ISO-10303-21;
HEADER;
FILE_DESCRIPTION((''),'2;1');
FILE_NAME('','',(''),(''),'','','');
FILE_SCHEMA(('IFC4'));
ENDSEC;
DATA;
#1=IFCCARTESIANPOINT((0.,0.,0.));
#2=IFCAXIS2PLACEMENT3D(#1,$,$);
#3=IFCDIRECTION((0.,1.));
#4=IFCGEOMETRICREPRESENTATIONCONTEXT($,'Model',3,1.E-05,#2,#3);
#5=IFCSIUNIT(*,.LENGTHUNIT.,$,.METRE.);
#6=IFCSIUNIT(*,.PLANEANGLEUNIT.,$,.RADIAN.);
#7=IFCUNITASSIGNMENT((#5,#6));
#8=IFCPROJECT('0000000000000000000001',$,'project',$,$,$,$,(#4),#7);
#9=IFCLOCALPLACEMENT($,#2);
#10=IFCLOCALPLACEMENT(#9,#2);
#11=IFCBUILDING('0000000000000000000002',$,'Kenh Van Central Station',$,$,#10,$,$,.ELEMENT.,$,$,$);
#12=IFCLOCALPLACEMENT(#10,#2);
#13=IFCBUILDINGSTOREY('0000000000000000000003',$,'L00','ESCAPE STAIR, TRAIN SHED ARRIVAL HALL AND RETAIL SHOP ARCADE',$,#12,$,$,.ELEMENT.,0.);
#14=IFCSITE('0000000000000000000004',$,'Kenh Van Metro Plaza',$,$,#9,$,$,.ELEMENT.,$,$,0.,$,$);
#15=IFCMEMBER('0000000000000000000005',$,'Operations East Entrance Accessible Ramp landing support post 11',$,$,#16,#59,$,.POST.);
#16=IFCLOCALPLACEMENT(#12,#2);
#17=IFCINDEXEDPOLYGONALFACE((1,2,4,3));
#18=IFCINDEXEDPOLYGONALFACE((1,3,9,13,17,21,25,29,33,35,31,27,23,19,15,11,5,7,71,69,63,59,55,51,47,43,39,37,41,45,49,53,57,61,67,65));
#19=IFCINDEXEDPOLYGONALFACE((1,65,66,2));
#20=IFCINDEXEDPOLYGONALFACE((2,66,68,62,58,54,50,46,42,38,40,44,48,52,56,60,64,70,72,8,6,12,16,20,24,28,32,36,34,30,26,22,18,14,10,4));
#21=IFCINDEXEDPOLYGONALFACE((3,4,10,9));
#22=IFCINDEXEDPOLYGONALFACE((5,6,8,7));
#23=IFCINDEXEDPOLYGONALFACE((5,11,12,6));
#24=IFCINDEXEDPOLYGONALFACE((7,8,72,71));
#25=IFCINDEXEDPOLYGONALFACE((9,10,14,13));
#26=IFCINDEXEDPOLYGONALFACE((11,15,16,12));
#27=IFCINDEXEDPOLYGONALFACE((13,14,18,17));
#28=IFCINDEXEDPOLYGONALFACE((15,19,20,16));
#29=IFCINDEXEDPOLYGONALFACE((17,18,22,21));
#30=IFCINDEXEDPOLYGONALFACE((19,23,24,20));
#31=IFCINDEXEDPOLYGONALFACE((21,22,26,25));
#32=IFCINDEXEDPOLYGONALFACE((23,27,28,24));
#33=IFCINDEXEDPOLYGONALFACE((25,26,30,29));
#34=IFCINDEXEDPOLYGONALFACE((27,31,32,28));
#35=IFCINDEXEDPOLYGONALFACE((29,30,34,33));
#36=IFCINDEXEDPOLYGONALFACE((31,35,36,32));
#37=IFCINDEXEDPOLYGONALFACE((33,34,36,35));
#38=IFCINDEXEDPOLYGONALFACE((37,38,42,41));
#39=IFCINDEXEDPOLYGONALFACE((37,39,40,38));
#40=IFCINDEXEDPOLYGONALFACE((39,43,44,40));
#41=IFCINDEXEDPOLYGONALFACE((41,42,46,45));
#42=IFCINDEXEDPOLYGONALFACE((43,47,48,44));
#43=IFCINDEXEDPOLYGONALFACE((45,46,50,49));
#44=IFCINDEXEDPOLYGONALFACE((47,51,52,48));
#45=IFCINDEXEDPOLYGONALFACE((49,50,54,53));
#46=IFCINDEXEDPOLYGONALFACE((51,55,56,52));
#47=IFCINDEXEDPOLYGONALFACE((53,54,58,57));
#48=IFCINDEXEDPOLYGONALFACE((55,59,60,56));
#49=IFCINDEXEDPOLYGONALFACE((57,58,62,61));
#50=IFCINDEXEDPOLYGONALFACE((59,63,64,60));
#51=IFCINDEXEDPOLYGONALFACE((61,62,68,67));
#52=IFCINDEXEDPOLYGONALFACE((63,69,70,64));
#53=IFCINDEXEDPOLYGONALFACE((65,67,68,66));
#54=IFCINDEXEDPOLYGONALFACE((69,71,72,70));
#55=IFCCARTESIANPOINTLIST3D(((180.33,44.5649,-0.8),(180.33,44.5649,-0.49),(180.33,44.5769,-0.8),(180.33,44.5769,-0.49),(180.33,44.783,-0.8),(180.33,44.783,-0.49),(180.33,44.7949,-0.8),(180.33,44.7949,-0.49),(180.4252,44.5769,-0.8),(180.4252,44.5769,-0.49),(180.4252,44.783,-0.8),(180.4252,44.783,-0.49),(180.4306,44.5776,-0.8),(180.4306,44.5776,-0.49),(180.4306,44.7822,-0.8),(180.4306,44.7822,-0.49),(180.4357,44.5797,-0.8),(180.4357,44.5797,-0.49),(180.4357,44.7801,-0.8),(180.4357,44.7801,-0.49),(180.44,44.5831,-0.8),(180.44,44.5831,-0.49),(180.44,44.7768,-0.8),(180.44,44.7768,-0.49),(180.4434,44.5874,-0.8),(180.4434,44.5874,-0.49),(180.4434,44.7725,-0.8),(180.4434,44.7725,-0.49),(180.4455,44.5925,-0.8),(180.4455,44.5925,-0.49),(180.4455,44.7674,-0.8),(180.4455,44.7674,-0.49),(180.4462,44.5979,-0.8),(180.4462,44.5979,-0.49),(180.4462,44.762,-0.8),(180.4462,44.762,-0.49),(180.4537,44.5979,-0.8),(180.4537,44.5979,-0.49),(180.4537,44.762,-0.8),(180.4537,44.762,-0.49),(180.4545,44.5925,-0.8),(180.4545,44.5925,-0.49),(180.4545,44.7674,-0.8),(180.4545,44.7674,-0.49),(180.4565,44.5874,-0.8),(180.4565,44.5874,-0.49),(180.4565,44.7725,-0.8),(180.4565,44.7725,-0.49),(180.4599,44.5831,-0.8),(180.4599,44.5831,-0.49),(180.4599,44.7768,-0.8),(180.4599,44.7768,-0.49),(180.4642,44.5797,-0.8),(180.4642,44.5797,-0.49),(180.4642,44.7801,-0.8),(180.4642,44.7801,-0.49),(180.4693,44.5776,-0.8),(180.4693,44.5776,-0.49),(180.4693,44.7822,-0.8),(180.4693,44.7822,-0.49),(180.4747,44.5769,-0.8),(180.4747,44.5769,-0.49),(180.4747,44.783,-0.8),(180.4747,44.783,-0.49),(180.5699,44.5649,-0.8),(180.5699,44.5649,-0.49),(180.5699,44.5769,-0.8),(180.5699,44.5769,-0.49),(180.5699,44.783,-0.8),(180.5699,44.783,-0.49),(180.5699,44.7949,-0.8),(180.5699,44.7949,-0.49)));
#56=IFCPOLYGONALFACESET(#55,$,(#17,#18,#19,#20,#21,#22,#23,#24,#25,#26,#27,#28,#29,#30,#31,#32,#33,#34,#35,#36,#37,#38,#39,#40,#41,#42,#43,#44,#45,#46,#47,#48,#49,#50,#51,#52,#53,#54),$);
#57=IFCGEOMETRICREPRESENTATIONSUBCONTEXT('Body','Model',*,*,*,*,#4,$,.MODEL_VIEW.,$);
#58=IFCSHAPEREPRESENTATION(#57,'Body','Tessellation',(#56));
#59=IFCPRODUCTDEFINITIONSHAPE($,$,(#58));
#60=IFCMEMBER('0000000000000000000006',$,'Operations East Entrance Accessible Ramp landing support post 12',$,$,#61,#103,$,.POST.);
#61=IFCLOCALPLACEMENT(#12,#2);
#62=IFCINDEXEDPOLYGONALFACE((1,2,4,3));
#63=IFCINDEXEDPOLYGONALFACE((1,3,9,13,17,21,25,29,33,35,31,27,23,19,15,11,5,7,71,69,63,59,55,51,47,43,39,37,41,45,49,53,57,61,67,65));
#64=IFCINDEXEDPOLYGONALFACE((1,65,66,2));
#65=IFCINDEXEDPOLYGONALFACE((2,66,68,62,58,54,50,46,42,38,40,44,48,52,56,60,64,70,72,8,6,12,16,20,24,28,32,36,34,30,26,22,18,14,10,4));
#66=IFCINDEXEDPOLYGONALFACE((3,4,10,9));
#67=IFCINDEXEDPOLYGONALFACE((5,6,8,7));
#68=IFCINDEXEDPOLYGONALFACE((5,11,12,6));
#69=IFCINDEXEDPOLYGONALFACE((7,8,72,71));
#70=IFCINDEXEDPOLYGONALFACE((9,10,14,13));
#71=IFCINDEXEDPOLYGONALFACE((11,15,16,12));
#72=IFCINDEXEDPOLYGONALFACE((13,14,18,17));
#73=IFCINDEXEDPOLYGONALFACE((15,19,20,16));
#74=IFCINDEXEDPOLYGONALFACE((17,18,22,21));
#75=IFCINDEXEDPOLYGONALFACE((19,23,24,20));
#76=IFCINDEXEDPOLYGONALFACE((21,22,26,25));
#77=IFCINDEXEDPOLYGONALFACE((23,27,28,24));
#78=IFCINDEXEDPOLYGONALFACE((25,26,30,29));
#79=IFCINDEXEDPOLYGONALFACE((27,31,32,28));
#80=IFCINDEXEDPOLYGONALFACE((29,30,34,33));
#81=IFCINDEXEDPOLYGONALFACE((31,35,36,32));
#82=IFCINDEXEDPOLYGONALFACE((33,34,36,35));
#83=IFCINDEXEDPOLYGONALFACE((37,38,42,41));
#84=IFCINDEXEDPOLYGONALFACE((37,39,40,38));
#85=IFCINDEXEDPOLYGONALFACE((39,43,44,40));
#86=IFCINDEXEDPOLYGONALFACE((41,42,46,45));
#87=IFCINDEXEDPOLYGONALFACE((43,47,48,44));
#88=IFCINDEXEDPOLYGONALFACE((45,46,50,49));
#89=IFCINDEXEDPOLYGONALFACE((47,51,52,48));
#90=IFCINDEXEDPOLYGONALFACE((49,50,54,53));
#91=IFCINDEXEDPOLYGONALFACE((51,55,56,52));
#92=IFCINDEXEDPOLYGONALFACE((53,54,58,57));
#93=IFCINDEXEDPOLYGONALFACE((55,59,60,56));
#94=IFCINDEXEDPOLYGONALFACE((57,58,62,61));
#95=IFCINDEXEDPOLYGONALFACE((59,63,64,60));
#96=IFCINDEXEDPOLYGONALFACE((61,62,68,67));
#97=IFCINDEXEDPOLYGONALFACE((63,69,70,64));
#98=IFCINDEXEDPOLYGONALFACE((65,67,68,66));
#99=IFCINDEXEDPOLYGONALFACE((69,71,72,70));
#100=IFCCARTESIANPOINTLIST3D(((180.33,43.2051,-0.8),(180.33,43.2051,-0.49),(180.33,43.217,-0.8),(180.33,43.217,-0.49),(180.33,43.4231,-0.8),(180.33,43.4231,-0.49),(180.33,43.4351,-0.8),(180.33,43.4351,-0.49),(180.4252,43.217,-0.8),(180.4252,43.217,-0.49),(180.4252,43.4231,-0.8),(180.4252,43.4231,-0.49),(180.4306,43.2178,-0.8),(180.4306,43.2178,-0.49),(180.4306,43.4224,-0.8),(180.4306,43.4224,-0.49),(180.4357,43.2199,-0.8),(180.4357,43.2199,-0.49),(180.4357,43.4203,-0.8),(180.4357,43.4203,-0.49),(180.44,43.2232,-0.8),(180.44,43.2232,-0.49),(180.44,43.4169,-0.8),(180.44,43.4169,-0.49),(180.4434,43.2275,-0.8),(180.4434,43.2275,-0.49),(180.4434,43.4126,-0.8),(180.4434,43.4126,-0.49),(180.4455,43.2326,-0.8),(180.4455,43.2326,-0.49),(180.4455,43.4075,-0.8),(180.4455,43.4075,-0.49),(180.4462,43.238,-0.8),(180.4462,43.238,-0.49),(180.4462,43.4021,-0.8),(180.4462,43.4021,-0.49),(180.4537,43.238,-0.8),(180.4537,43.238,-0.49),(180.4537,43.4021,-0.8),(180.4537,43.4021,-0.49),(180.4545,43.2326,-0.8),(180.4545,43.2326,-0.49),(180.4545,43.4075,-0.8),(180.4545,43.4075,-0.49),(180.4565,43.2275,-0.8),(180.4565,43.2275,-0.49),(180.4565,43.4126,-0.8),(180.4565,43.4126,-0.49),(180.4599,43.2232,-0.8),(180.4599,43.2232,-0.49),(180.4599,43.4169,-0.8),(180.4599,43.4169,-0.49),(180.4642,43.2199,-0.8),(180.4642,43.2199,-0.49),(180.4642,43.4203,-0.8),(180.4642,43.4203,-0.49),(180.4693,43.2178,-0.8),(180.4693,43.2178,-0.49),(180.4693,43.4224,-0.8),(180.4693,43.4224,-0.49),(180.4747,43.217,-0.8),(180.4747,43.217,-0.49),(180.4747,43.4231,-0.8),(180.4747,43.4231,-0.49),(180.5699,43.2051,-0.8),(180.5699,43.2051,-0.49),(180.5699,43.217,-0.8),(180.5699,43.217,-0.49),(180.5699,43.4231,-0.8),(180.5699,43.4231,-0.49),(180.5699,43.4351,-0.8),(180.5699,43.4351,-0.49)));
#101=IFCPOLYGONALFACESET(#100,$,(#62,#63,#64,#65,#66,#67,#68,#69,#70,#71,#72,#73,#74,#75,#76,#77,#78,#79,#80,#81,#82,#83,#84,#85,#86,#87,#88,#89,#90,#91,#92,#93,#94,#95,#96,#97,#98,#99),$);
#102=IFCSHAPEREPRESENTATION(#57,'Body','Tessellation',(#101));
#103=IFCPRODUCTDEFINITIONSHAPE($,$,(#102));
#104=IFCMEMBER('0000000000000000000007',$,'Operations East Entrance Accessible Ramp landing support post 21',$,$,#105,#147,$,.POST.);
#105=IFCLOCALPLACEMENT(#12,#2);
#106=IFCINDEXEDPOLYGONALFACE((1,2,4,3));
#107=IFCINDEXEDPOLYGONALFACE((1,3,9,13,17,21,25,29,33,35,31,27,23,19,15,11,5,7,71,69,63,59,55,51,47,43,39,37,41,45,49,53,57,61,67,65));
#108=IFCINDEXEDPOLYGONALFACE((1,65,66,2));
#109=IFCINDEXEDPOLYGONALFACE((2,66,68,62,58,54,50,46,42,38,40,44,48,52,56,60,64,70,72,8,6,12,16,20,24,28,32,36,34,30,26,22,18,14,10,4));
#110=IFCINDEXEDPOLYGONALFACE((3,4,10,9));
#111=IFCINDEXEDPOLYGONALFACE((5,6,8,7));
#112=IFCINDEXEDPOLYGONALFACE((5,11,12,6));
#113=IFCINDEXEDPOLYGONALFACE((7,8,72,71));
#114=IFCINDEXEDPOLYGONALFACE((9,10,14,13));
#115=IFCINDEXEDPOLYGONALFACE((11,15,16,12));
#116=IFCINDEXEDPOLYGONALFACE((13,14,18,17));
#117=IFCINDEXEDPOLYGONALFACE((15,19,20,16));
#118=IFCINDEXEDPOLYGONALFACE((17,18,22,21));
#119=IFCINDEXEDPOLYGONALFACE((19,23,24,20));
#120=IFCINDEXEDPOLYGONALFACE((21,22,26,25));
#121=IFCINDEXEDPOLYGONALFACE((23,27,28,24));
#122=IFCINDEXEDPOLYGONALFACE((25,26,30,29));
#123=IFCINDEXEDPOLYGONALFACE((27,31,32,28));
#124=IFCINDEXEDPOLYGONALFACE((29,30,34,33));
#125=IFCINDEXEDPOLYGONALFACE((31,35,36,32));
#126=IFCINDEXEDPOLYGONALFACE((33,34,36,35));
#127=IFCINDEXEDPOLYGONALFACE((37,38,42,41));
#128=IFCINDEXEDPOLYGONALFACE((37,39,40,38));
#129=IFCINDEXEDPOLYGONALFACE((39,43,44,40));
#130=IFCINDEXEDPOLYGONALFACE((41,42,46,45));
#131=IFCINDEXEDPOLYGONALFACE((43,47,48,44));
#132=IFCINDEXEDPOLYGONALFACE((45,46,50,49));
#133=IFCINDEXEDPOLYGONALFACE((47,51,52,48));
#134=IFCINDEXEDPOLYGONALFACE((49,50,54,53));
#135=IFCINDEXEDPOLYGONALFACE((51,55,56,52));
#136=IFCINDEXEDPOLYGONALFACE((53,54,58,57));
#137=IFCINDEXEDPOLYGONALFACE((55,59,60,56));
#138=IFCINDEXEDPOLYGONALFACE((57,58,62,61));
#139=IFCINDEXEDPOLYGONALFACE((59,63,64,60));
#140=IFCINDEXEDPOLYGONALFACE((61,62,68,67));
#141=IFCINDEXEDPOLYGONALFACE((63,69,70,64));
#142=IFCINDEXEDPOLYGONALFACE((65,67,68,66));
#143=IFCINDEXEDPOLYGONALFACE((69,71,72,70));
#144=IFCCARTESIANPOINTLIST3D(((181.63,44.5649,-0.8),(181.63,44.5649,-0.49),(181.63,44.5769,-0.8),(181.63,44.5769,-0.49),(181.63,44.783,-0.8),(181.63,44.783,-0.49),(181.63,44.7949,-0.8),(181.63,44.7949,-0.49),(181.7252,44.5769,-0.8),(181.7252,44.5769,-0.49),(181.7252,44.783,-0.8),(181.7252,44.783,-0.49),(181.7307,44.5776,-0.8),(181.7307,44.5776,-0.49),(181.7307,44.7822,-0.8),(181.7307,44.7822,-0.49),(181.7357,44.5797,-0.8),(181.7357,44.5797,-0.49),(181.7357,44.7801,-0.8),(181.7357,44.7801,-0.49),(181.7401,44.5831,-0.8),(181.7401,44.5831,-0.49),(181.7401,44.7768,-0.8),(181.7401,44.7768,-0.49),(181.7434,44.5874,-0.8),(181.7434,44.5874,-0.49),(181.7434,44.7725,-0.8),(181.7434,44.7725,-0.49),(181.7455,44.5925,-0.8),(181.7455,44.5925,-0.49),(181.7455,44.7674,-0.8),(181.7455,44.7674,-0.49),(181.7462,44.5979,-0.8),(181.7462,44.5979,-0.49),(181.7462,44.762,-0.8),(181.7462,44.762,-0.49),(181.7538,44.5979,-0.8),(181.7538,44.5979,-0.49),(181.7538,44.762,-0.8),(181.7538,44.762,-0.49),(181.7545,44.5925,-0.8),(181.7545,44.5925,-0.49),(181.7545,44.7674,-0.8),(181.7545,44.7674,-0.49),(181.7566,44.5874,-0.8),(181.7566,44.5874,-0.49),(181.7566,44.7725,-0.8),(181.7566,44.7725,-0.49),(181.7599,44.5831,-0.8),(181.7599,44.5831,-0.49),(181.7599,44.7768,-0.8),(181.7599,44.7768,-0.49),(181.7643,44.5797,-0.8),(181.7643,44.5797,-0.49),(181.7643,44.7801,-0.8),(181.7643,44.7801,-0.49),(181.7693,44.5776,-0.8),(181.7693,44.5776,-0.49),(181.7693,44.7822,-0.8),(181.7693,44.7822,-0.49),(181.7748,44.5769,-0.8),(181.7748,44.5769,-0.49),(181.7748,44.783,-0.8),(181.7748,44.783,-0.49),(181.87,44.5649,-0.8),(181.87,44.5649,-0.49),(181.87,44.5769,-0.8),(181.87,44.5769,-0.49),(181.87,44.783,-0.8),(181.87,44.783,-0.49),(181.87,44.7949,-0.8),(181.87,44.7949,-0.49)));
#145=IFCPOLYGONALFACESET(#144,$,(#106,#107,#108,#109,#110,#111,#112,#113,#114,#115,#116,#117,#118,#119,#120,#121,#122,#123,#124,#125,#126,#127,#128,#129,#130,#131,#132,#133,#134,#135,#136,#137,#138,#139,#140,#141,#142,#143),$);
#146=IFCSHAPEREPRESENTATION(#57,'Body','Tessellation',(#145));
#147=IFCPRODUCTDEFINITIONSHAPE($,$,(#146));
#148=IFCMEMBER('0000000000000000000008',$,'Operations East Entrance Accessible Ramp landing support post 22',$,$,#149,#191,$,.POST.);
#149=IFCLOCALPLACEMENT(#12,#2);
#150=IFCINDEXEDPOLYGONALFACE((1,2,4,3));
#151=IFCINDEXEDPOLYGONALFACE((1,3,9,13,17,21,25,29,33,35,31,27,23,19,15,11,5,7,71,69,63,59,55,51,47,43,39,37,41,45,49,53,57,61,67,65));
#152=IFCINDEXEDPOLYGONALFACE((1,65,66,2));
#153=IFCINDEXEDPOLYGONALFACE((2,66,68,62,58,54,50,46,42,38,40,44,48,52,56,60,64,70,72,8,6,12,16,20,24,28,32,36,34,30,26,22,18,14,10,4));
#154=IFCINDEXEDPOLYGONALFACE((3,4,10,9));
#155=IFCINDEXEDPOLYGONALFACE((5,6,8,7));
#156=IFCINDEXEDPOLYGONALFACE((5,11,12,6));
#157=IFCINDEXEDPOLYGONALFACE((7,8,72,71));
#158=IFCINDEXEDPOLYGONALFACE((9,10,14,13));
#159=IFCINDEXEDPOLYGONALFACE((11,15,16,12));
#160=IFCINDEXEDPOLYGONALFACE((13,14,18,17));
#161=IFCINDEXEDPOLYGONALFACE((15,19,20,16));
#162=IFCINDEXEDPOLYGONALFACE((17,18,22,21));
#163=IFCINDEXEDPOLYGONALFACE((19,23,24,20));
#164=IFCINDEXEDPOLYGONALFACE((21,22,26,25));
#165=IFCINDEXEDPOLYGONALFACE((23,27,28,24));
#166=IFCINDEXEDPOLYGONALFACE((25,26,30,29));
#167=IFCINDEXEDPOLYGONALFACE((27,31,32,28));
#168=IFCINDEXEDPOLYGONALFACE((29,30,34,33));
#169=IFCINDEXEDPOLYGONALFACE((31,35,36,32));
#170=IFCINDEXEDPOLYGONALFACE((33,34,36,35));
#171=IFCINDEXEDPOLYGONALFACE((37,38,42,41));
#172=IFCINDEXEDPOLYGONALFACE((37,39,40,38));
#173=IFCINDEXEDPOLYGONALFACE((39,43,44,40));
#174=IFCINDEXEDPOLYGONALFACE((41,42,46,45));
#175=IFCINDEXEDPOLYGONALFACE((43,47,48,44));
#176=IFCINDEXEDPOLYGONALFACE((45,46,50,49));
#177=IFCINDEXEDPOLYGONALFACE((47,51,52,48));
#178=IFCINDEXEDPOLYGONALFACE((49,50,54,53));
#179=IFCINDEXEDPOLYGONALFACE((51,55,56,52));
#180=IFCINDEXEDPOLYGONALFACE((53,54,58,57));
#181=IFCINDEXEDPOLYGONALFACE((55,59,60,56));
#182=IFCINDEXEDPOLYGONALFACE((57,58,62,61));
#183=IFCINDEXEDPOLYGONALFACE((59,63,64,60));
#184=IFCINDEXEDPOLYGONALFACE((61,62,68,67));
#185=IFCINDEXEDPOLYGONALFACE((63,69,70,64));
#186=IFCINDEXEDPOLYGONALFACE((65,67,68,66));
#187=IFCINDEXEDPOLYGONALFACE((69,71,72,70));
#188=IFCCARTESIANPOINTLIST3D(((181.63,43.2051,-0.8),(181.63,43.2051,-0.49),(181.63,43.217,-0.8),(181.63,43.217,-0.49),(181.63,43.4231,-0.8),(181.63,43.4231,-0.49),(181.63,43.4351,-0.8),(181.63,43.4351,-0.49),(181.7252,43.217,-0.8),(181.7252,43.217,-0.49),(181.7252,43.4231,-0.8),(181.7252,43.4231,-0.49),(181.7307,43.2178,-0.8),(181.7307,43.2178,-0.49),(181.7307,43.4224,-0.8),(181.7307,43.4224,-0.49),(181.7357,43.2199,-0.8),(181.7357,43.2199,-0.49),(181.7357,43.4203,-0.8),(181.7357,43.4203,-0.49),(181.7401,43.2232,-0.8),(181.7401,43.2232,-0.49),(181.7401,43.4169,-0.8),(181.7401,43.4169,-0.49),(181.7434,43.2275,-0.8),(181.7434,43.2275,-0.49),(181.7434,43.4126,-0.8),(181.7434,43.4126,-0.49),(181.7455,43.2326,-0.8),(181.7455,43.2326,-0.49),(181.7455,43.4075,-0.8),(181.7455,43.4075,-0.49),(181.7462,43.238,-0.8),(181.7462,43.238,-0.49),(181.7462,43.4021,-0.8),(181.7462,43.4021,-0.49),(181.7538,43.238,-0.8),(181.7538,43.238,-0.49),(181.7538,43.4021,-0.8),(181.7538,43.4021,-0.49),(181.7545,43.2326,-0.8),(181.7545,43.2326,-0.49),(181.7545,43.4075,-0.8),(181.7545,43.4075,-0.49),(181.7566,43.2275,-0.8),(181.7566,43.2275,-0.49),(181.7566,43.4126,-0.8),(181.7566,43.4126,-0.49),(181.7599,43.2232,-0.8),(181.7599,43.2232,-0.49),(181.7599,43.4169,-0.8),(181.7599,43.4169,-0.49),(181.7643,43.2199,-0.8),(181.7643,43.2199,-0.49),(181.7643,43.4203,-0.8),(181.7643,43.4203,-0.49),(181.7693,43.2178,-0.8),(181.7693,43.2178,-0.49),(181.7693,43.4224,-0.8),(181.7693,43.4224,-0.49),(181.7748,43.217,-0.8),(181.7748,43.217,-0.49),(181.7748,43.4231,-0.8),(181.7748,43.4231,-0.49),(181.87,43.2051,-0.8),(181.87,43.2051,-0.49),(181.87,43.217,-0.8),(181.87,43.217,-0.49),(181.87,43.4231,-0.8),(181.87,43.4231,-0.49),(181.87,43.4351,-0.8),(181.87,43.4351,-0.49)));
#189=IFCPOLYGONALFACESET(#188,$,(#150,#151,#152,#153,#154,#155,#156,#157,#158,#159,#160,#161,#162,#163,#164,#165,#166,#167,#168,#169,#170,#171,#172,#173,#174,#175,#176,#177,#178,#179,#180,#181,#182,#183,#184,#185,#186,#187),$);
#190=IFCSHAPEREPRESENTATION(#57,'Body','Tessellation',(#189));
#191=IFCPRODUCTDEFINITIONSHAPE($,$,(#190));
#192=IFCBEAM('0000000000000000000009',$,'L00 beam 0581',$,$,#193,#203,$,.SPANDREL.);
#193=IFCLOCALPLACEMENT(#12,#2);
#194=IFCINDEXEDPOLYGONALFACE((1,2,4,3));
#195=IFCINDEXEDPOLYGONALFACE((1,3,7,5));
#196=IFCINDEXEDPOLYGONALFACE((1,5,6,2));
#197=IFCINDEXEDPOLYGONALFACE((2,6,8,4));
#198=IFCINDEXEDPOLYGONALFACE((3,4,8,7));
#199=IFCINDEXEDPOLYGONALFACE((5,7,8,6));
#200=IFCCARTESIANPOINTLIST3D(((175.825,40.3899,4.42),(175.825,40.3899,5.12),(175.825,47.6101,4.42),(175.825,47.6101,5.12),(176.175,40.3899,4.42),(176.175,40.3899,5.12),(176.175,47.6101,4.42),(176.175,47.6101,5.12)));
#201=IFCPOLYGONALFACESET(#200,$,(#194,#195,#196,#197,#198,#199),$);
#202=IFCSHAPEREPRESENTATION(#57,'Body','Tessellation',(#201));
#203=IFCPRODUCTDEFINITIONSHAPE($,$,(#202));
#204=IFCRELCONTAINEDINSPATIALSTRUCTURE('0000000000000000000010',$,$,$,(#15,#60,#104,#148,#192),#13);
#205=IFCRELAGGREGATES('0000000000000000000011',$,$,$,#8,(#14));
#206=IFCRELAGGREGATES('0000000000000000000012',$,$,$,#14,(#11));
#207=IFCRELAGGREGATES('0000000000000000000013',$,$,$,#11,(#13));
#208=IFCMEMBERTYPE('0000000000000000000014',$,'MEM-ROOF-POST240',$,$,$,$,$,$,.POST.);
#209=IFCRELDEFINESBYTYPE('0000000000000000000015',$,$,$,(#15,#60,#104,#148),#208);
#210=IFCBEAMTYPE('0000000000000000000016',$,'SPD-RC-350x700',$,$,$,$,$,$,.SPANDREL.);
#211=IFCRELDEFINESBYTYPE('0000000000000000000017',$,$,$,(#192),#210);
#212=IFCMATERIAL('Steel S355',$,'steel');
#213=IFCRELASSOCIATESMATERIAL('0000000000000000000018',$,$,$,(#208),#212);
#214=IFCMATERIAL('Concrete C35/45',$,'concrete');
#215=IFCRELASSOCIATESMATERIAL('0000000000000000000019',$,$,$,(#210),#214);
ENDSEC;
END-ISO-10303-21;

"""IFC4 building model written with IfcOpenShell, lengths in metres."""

from ifc_helpers import new_model, si_unit, direction, frame, origin, origin_2d, place, context, subcontext, project, spatial, rectangle, i_section, extrude, material, material_profile, profile_set, type_object, element, save


model = new_model("IFC4")

# Units and contexts
model_context = context("Model", 3, precision=1e-05, world=origin(), true_north=direction((0.0, 1.0)))
body_context = subcontext(model_context, "Body", "Model", "MODEL_VIEW")
ifc_project = project(units=[si_unit("LENGTHUNIT", "METRE"), si_unit("PLANEANGLEUNIT", "RADIAN")], contexts=[model_context])

# Site, building, storey
site_placement = place(None, origin())
site = spatial("IfcSite", under=ifc_project, at=site_placement, Name="Kenh Van Metro Plaza", CompositionType="ELEMENT", RefElevation=0.0)
building_placement = place(site_placement, origin())
building = spatial("IfcBuilding", under=site, at=building_placement, Name="Kenh Van Central Station", CompositionType="ELEMENT")
storey_placement = place(building_placement, origin())
storey = spatial("IfcBuildingStorey", under=building, at=storey_placement, Name="L00", Description="ESCAPE STAIR, TRAIN SHED ARRIVAL HALL AND RETAIL SHOP ARCADE", CompositionType="ELEMENT", Elevation=0.0)

# Shared definitions
ifc_material_1 = material(Name="Concrete C35/45", Category="concrete")

# Members
ifc_material_2 = material(Name="Steel S355", Category="steel")
ifc_material_profile_1 = material_profile(ifc_material_2, i_section(OverallWidth=0.24, OverallDepth=0.23, WebThickness=0.0076, FlangeThickness=0.012, FilletRadius=0.021, at=origin_2d()), Name="HEA 240")
ifc_profile_set_1 = profile_set([ifc_material_profile_1], Name="Steel S355")
member_type_1 = type_object("IfcMemberType", Name="MEM-ROOF-POST240", PredefinedType="POST", material=ifc_profile_set_1)
for number, where, z_axis, x_axis, name in (
    (1, (180.45, 44.6799, -0.8), (0.0, 0.0, 1.0), (1.0, 0.0, 0.0), "Operations East Entrance Accessible Ramp landing support post 11"),
    (2, (180.45, 43.3201, -0.8), (0.0, 0.0, 1.0), (1.0, 0.0, 0.0), "Operations East Entrance Accessible Ramp landing support post 12"),
    (3, (181.75, 44.6799, -0.8), (0.0, 0.0, 1.0), (1.0, 0.0, 0.0), "Operations East Entrance Accessible Ramp landing support post 21"),
    (4, (181.75, 43.3201, -0.8), (0.0, 0.0, 1.0), (1.0, 0.0, 0.0), "Operations East Entrance Accessible Ramp landing support post 22"),
):
    element("IfcMember", number, at=place(storey_placement, frame(where, z_axis=z_axis, x_axis=x_axis)), inside=storey, type_object=member_type_1, Name=name, PredefinedType="POST", context=body_context, shape_type="SweptSolid", body=[
        extrude(i_section(OverallWidth=0.24, OverallDepth=0.23, WebThickness=0.0076, FlangeThickness=0.012, FilletRadius=0.021, at=origin_2d()), origin(), (0.0, 0.0, 1.0), 0.3101),
    ])

# Beam
ifc_material_profile_2 = material_profile(ifc_material_1, rectangle(XDim=0.3501, YDim=0.7, at=origin_2d()), Name="RC 350x700")
ifc_profile_set_2 = profile_set([ifc_material_profile_2], Name="Concrete C35/45")
beam_type_1 = type_object("IfcBeamType", Name="SPD-RC-350x700", PredefinedType="SPANDREL", material=ifc_profile_set_2)
beam_placement = place(storey_placement, frame((176.0, 40.3899, 4.77), z_axis=(0.0, 1.0, 0.0), x_axis=(-1.0, 0.0, 0.0)))
element("IfcBeam", 5, at=beam_placement, inside=storey, type_object=beam_type_1, Name="L00 beam 0581", PredefinedType="SPANDREL", context=body_context, shape_type="SweptSolid", body=[
    extrude(rectangle(XDim=0.3501, YDim=0.7, at=origin_2d()), origin(), (0.0, 0.0, 1.0), 7.2202),
])

save(model, "model.ifc")
